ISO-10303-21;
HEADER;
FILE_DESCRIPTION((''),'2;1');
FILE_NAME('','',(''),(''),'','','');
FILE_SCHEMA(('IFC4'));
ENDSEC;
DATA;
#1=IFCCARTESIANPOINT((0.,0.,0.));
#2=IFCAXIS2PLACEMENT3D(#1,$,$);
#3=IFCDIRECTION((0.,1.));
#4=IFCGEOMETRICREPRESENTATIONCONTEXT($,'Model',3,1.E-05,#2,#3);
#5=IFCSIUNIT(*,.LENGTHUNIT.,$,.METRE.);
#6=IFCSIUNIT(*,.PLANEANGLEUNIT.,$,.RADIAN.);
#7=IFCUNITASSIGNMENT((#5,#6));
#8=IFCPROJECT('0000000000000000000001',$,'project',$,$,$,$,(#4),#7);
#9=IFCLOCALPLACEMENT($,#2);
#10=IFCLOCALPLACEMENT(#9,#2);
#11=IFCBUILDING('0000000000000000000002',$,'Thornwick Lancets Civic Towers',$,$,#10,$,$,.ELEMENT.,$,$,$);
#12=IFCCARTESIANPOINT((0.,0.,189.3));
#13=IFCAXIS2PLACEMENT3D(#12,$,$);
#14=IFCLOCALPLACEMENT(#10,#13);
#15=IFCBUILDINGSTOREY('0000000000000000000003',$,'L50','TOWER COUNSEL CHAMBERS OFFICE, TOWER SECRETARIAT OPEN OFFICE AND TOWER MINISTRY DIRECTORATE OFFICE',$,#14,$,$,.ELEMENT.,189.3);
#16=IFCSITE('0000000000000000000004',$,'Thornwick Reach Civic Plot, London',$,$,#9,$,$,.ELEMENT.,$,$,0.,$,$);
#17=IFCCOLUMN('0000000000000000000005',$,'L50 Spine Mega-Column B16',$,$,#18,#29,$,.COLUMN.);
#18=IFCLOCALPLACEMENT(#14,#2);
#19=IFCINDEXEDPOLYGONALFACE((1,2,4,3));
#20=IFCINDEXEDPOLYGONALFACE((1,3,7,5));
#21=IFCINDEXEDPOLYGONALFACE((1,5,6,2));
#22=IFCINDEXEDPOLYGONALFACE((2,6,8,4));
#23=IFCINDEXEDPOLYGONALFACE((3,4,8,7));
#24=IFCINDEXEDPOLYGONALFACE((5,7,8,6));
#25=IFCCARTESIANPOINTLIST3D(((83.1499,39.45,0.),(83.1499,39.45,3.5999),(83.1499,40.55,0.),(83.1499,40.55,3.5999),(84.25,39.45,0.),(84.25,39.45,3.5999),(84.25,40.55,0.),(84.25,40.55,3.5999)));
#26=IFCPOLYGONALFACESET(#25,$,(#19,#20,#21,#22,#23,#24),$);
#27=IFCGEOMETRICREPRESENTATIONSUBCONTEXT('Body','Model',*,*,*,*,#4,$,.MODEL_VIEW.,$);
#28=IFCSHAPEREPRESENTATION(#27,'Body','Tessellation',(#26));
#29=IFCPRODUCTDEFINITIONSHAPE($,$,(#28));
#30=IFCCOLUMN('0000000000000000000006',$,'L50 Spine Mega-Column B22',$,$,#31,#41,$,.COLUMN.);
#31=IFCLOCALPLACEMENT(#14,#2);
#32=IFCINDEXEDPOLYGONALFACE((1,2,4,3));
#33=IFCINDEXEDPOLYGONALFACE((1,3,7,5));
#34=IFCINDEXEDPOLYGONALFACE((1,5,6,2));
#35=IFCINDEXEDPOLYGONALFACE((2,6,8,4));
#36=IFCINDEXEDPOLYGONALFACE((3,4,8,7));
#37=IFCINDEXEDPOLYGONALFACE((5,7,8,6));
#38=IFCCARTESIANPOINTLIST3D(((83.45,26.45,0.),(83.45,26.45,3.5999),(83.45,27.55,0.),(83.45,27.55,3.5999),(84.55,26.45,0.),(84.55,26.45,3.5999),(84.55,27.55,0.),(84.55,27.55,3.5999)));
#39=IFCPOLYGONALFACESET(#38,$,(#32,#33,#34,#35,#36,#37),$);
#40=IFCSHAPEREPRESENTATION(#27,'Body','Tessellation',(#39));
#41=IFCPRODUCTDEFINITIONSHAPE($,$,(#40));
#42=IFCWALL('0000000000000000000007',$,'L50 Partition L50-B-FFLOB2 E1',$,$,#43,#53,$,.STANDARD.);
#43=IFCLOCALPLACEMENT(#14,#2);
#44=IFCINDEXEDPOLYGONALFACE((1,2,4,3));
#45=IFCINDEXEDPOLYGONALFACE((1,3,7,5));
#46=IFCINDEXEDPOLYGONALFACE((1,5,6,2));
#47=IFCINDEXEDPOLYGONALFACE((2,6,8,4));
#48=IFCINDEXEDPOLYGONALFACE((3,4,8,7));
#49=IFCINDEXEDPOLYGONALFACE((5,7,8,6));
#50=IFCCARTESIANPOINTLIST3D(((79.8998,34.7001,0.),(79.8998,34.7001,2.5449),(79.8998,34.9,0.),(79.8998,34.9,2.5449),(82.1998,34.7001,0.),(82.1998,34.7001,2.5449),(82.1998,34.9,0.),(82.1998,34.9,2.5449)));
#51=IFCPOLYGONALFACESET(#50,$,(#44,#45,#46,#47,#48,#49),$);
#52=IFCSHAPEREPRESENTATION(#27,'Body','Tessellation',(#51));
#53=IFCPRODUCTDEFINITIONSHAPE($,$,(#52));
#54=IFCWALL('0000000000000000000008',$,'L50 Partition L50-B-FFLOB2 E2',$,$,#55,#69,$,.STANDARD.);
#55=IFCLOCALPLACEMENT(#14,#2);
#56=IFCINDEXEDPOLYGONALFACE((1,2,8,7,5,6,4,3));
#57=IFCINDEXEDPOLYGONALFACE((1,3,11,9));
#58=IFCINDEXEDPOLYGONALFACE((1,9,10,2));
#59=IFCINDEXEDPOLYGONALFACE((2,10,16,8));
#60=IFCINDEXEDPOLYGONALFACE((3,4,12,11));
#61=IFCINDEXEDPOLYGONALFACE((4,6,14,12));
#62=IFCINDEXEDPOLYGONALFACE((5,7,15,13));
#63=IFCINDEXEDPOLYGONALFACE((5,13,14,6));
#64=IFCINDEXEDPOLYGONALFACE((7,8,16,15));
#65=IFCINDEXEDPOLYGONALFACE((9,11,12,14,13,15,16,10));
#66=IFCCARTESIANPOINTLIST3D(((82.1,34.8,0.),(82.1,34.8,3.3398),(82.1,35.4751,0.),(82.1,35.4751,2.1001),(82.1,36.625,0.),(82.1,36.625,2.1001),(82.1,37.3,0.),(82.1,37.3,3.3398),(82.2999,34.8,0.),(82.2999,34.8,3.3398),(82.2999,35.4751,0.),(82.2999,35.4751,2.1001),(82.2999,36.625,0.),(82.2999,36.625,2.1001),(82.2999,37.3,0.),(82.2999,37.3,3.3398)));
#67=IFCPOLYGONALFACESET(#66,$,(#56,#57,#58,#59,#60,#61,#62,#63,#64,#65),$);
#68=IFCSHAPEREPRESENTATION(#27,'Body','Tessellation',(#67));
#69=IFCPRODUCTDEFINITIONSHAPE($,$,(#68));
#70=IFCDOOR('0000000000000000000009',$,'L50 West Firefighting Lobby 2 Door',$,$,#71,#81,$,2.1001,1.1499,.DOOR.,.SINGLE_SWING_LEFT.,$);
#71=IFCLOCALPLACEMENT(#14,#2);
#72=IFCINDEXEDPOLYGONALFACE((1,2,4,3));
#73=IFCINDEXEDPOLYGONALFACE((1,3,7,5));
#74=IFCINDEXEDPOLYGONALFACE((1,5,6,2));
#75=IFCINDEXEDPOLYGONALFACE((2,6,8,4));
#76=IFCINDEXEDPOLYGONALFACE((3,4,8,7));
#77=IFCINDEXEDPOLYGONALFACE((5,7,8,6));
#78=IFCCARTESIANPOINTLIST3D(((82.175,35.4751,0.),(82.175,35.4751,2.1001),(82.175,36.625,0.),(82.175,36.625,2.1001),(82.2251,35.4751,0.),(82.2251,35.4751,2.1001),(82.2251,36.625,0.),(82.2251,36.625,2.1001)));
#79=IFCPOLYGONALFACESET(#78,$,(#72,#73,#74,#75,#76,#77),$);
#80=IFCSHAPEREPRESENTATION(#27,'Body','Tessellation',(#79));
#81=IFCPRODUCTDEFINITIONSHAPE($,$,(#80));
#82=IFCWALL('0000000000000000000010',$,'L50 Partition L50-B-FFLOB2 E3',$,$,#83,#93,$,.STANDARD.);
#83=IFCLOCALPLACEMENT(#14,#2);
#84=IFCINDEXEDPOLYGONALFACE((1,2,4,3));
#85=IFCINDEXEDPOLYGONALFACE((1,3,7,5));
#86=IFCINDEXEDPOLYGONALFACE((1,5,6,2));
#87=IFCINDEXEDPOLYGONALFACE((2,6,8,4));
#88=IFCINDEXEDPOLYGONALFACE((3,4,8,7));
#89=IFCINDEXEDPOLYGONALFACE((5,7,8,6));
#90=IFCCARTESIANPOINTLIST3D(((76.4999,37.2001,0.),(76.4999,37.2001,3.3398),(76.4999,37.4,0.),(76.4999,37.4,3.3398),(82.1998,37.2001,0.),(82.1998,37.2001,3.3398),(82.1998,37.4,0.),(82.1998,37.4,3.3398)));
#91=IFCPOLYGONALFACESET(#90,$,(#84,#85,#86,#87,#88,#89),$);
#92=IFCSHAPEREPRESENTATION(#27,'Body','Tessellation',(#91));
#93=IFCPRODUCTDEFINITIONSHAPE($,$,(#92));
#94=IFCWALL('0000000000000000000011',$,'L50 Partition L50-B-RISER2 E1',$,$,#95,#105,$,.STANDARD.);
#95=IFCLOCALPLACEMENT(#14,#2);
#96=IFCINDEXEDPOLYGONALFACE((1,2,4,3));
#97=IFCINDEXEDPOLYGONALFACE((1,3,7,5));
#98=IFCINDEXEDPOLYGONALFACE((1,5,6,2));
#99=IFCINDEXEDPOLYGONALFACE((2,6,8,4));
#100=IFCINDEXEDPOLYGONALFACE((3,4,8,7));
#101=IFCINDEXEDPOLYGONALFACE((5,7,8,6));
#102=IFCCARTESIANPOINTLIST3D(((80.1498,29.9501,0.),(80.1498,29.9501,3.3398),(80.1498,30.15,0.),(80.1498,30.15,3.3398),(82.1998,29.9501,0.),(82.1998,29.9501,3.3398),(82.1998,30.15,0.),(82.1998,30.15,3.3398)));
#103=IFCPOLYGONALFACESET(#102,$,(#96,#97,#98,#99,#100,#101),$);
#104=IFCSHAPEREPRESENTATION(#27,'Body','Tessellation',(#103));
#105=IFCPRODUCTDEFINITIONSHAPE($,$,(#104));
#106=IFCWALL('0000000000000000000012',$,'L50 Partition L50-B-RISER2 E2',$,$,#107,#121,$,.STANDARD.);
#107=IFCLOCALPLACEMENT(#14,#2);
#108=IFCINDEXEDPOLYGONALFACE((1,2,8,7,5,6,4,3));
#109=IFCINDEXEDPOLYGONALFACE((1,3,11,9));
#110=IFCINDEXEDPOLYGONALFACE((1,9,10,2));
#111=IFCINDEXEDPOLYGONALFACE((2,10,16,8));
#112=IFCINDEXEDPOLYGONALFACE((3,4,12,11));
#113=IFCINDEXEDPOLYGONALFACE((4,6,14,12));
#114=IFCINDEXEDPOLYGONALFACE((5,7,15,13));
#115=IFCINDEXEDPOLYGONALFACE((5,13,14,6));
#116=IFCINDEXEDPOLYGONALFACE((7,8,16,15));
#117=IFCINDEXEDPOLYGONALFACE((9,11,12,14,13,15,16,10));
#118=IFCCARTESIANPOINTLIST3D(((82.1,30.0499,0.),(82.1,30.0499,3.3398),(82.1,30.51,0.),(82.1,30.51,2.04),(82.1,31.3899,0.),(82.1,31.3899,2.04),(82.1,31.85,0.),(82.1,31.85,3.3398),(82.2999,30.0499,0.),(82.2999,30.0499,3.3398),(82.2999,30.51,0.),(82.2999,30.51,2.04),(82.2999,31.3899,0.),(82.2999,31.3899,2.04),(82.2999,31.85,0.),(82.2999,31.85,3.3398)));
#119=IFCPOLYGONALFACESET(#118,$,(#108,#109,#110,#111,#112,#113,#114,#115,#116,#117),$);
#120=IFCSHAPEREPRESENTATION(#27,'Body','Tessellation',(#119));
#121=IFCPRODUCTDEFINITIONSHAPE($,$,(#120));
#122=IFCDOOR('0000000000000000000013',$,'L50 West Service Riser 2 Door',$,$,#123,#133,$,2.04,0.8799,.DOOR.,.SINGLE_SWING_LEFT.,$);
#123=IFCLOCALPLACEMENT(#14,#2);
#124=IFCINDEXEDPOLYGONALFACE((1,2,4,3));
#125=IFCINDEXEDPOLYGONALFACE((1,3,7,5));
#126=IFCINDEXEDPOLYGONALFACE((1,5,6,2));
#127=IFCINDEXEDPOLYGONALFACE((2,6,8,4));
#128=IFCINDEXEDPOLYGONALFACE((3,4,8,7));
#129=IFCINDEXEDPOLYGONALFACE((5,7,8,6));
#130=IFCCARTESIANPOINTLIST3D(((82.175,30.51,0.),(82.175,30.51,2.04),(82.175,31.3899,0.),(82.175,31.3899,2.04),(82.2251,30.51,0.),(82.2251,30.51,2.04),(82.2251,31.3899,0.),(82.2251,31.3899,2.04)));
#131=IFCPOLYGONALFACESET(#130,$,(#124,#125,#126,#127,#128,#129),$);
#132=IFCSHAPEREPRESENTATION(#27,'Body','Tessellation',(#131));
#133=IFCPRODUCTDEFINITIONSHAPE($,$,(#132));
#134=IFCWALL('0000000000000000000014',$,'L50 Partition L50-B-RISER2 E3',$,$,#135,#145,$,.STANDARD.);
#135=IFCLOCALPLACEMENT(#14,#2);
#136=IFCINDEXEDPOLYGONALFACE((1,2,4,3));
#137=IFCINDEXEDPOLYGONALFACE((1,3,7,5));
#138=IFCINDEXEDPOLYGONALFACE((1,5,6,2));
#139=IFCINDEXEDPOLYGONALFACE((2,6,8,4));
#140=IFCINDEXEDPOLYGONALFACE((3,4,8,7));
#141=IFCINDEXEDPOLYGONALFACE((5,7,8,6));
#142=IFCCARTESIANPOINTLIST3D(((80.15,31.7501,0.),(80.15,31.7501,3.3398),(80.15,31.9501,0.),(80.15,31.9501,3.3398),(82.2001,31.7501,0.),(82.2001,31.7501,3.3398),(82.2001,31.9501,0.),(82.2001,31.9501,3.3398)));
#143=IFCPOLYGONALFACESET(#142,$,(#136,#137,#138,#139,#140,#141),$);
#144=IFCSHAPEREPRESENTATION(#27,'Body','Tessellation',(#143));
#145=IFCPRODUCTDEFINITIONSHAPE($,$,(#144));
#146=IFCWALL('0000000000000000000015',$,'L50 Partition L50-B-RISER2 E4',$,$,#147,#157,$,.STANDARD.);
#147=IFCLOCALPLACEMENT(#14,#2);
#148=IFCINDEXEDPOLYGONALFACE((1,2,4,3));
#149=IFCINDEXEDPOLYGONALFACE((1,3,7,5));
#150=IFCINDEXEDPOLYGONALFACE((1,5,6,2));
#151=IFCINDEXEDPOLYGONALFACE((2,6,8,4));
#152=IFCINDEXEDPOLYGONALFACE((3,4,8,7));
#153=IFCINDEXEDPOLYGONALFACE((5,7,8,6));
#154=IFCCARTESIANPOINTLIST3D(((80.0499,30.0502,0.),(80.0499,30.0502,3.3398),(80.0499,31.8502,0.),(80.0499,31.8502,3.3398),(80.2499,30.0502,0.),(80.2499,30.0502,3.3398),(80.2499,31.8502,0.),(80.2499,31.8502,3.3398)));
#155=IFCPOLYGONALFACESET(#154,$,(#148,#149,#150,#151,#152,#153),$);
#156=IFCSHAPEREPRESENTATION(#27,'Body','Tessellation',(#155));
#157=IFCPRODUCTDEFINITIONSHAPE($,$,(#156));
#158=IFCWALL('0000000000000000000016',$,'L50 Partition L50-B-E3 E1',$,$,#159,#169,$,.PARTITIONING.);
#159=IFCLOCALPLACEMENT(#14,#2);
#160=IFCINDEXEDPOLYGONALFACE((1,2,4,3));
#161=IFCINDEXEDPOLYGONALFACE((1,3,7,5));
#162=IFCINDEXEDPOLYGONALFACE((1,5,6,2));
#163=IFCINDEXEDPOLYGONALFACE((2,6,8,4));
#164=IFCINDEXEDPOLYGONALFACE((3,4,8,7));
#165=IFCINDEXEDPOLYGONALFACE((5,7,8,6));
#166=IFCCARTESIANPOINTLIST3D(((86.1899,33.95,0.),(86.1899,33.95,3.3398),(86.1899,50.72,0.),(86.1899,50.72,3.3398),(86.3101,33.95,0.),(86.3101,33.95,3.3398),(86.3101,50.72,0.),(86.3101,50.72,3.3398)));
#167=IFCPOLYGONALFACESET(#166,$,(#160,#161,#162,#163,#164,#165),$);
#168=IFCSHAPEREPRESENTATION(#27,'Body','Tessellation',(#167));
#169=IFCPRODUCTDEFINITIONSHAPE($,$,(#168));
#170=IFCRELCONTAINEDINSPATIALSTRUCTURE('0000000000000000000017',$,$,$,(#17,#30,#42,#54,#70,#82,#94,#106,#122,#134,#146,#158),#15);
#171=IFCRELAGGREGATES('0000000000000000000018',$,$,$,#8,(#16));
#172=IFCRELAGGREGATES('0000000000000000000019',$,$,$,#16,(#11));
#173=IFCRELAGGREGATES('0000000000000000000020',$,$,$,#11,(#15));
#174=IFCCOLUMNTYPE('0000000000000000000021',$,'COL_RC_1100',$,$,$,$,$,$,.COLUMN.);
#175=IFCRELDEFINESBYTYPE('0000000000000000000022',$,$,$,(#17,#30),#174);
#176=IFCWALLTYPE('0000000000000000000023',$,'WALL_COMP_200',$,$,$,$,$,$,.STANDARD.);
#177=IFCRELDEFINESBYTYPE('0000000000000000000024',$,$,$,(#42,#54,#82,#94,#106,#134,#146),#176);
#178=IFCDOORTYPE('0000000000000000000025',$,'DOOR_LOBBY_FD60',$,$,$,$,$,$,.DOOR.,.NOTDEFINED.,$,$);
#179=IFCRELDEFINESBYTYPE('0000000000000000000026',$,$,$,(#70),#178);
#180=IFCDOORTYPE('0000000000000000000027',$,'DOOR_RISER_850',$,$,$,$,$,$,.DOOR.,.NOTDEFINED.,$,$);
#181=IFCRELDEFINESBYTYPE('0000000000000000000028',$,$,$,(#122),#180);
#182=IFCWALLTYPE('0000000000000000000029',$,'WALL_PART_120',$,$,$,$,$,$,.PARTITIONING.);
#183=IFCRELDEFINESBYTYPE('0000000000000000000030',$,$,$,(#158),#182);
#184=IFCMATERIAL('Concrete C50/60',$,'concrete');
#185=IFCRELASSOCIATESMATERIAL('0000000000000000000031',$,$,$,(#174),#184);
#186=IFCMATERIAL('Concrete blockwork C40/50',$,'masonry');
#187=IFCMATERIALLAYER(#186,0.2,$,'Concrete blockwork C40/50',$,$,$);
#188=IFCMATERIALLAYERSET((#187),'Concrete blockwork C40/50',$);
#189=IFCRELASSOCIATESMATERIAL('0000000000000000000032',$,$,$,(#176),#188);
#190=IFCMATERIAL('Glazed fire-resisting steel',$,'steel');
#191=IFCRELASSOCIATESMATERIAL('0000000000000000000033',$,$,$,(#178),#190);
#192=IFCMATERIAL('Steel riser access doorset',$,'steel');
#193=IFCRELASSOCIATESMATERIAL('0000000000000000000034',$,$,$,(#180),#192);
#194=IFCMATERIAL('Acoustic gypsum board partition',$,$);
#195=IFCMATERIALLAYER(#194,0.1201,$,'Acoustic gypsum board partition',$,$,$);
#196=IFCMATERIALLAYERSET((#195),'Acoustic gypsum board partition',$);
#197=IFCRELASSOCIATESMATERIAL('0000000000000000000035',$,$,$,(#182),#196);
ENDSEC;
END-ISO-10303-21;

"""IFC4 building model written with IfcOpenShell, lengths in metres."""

from ifc_helpers import new_model, si_unit, direction, frame, frame_2d, origin, origin_2d, place, context, subcontext, project, spatial, rectangle, extrude, material, layer, layer_set, material_profile, profile_set, type_object, element, fill, save


model = new_model("IFC4")

# Units and contexts
model_context = context("Model", 3, precision=1e-05, world=origin(), true_north=direction((0.0, 1.0)))
body_context = subcontext(model_context, "Body", "Model", "MODEL_VIEW")
ifc_project = project(units=[si_unit("LENGTHUNIT", "METRE"), si_unit("PLANEANGLEUNIT", "RADIAN")], contexts=[model_context])

# Site, building, storey
site_placement = place(None, origin())
site = spatial("IfcSite", under=ifc_project, at=site_placement, Name="Thornwick Reach Civic Plot, London", CompositionType="ELEMENT", RefElevation=0.0)
building_placement = place(site_placement, origin())
building = spatial("IfcBuilding", under=site, at=building_placement, Name="Thornwick Lancets Civic Towers", CompositionType="ELEMENT")
storey_placement = place(building_placement, frame((0.0, 0.0, 189.3)))
storey = spatial("IfcBuildingStorey", under=building, at=storey_placement, Name="L50", Description="TOWER COUNSEL CHAMBERS OFFICE, TOWER SECRETARIAT OPEN OFFICE AND TOWER MINISTRY DIRECTORATE OFFICE", CompositionType="ELEMENT", Elevation=189.3)

# Columns
ifc_material_1 = material(Name="Concrete C50/60", Category="concrete")
ifc_material_profile = material_profile(ifc_material_1, rectangle(XDim=1.1001, YDim=1.1001, at=origin_2d()), Name="RC 1100x1100")
ifc_profile_set = profile_set([ifc_material_profile], Name="Concrete C50/60")
column_type = type_object("IfcColumnType", Name="COL_RC_1100", PredefinedType="COLUMN", material=ifc_profile_set)
for number, where, z_axis, x_axis, name in (
    (1, (83.7, 40.0, 0.0), (0.0, 0.0, 1.0), (1.0, 0.0, 0.0), "L50 Spine Mega-Column B16"),
    (2, (84.0, 27.0, 0.0), (0.0, 0.0, 1.0), (1.0, 0.0, 0.0), "L50 Spine Mega-Column B22"),
):
    element("IfcColumn", number, at=place(storey_placement, frame(where, z_axis=z_axis, x_axis=x_axis)), inside=storey, type_object=column_type, Name=name, PredefinedType="COLUMN", context=body_context, shape_type="SweptSolid", body=[
        extrude(rectangle(XDim=1.1001, YDim=1.1001, at=origin_2d()), origin(), (0.0, 0.0, 1.0), 3.5999),
    ])

# Wall
ifc_material_2 = material(Name="Concrete blockwork C40/50", Category="masonry")
ifc_layer_1 = layer(ifc_material_2, 0.2, Name="Concrete blockwork C40/50")
ifc_layer_set_1 = layer_set([ifc_layer_1], Name="Concrete blockwork C40/50")
wall_type_1 = type_object("IfcWallType", Name="WALL_COMP_200", PredefinedType="STANDARD", material=ifc_layer_set_1)
wall_1_placement = place(storey_placement, frame((79.8999, 34.8, 0.0), z_axis=(0.0, 0.0, 1.0), x_axis=(1.0, 0.0, 0.0)))
element("IfcWall", 3, at=wall_1_placement, inside=storey, type_object=wall_type_1, Name="L50 Partition L50-B-FFLOB2 E1", PredefinedType="STANDARD", context=body_context, shape_type="SweptSolid", body=[
    extrude(rectangle(XDim=2.3, YDim=0.2, at=frame_2d((1.1499, 0.0))), origin(), (0.0, 0.0, 1.0), 2.5449),
])

# Wall, opening, door
wall_2_placement = place(storey_placement, frame((82.2, 34.8, 0.0), z_axis=(0.0, 0.0, 1.0), x_axis=(0.0, 1.0, 0.0)))
wall_2 = element("IfcWall", 4, at=wall_2_placement, inside=storey, type_object=wall_type_1, Name="L50 Partition L50-B-FFLOB2 E2", PredefinedType="STANDARD", context=body_context, shape_type="SweptSolid", body=[
    extrude(rectangle(XDim=2.5, YDim=0.2, at=frame_2d((1.25, 0.0))), origin(), (0.0, 0.0, 1.0), 3.3398),
])
opening_1_placement = place(wall_2_placement, frame((0.675, 0.0, 0.0)))
opening_1 = element("IfcOpeningElement", 5, at=opening_1_placement, cuts=wall_2, PredefinedType="OPENING", context=body_context, shape_type="SweptSolid", body=[
    extrude(rectangle(XDim=1.1499, YDim=2.1001, at=frame_2d((0.575, 1.05))), frame((0.0, 0.1099, 0.0), z_axis=(0.0, -1.0, 0.0), x_axis=(1.0, 0.0, 0.0)), (0.0, 0.0, 1.0), 0.22),
])
ifc_material_3 = material(Name="Glazed fire-resisting steel", Category="steel")
door_type_1 = type_object("IfcDoorType", Name="DOOR_LOBBY_FD60", OperationType="NOTDEFINED", PredefinedType="DOOR", material=ifc_material_3)
door_1_placement = place(opening_1_placement, origin())
door_1 = element("IfcDoor", 6, at=door_1_placement, inside=storey, type_object=door_type_1, Name="L50 West Firefighting Lobby 2 Door", OperationType="SINGLE_SWING_LEFT", OverallHeight=2.1001, OverallWidth=1.1499, PredefinedType="DOOR", context=body_context, shape_type="SweptSolid", body=[
    extrude(rectangle(XDim=1.1499, YDim=2.1001, at=frame_2d((0.575, 1.05))), frame((0.0, 0.0249, 0.0), z_axis=(0.0, -1.0, 0.0), x_axis=(1.0, 0.0, 0.0)), (0.0, 0.0, 1.0), 0.05),
])
fill(opening_1, door_1)

# Walls
wall_3_placement = place(storey_placement, frame((82.2, 37.3, 0.0), z_axis=(0.0, 0.0, 1.0), x_axis=(-1.0, 0.0, 0.0)))
element("IfcWall", 7, at=wall_3_placement, inside=storey, type_object=wall_type_1, Name="L50 Partition L50-B-FFLOB2 E3", PredefinedType="STANDARD", context=body_context, shape_type="SweptSolid", body=[
    extrude(rectangle(XDim=5.7, YDim=0.2, at=frame_2d((2.8501, 0.0))), origin(), (0.0, 0.0, 1.0), 3.3398),
])
wall_4_placement = place(storey_placement, frame((80.1499, 30.05, 0.0), z_axis=(0.0, 0.0, 1.0), x_axis=(1.0, 0.0, 0.0)))
element("IfcWall", 8, at=wall_4_placement, inside=storey, type_object=wall_type_1, Name="L50 Partition L50-B-RISER2 E1", PredefinedType="STANDARD", context=body_context, shape_type="SweptSolid", body=[
    extrude(rectangle(XDim=2.05, YDim=0.2, at=frame_2d((1.0249, 0.0))), origin(), (0.0, 0.0, 1.0), 3.3398),
])

# Wall, opening, door
wall_5_placement = place(storey_placement, frame((82.2, 30.05, 0.0), z_axis=(0.0, 0.0, 1.0), x_axis=(0.0, 1.0, 0.0)))
wall_5 = element("IfcWall", 9, at=wall_5_placement, inside=storey, type_object=wall_type_1, Name="L50 Partition L50-B-RISER2 E2", PredefinedType="STANDARD", context=body_context, shape_type="SweptSolid", body=[
    extrude(rectangle(XDim=1.8, YDim=0.2, at=frame_2d((0.8999, 0.0))), origin(), (0.0, 0.0, 1.0), 3.3398),
])
opening_2_placement = place(wall_5_placement, frame((0.46, 0.0, 0.0)))
opening_2 = element("IfcOpeningElement", 10, at=opening_2_placement, cuts=wall_5, PredefinedType="OPENING", context=body_context, shape_type="SweptSolid", body=[
    extrude(rectangle(XDim=0.8799, YDim=2.04, at=frame_2d((0.4399, 1.02))), frame((0.0, 0.1099, 0.0), z_axis=(0.0, -1.0, 0.0), x_axis=(1.0, 0.0, 0.0)), (0.0, 0.0, 1.0), 0.22),
])
ifc_material_4 = material(Name="Steel riser access doorset", Category="steel")
door_type_2 = type_object("IfcDoorType", Name="DOOR_RISER_850", OperationType="NOTDEFINED", PredefinedType="DOOR", material=ifc_material_4)
door_2_placement = place(opening_2_placement, origin())
door_2 = element("IfcDoor", 11, at=door_2_placement, inside=storey, type_object=door_type_2, Name="L50 West Service Riser 2 Door", OperationType="SINGLE_SWING_LEFT", OverallHeight=2.04, OverallWidth=0.8799, PredefinedType="DOOR", context=body_context, shape_type="SweptSolid", body=[
    extrude(rectangle(XDim=0.8799, YDim=2.04, at=frame_2d((0.4399, 1.02))), frame((0.0, 0.0249, 0.0), z_axis=(0.0, -1.0, 0.0), x_axis=(1.0, 0.0, 0.0)), (0.0, 0.0, 1.0), 0.05),
])
fill(opening_2, door_2)

# Walls
wall_6_placement = place(storey_placement, frame((82.2, 31.8501, 0.0), z_axis=(0.0, 0.0, 1.0), x_axis=(-1.0, 0.0, 0.0)))
element("IfcWall", 12, at=wall_6_placement, inside=storey, type_object=wall_type_1, Name="L50 Partition L50-B-RISER2 E3", PredefinedType="STANDARD", context=body_context, shape_type="SweptSolid", body=[
    extrude(rectangle(XDim=2.05, YDim=0.2, at=frame_2d((1.0249, 0.0))), origin(), (0.0, 0.0, 1.0), 3.3398),
])
wall_7_placement = place(storey_placement, frame((80.1499, 31.8501, 0.0), z_axis=(0.0, 0.0, 1.0), x_axis=(0.0, -1.0, 0.0)))
element("IfcWall", 13, at=wall_7_placement, inside=storey, type_object=wall_type_1, Name="L50 Partition L50-B-RISER2 E4", PredefinedType="STANDARD", context=body_context, shape_type="SweptSolid", body=[
    extrude(rectangle(XDim=1.8, YDim=0.2, at=frame_2d((0.8999, 0.0))), origin(), (0.0, 0.0, 1.0), 3.3398),
])
ifc_material_5 = material(Name="Acoustic gypsum board partition")
ifc_layer_2 = layer(ifc_material_5, 0.1201, Name="Acoustic gypsum board partition")
ifc_layer_set_2 = layer_set([ifc_layer_2], Name="Acoustic gypsum board partition")
wall_type_2 = type_object("IfcWallType", Name="WALL_PART_120", PredefinedType="PARTITIONING", material=ifc_layer_set_2)
wall_8_placement = place(storey_placement, frame((86.25, 33.95, 0.0), z_axis=(0.0, 0.0, 1.0), x_axis=(0.0, 1.0, 0.0)))
element("IfcWall", 14, at=wall_8_placement, inside=storey, type_object=wall_type_2, Name="L50 Partition L50-B-E3 E1", PredefinedType="PARTITIONING", context=body_context, shape_type="SweptSolid", body=[
    extrude(rectangle(XDim=16.77, YDim=0.1201, at=frame_2d((8.385, 0.0))), origin(), (0.0, 0.0, 1.0), 3.3398),
])

save(model, "model.ifc")
